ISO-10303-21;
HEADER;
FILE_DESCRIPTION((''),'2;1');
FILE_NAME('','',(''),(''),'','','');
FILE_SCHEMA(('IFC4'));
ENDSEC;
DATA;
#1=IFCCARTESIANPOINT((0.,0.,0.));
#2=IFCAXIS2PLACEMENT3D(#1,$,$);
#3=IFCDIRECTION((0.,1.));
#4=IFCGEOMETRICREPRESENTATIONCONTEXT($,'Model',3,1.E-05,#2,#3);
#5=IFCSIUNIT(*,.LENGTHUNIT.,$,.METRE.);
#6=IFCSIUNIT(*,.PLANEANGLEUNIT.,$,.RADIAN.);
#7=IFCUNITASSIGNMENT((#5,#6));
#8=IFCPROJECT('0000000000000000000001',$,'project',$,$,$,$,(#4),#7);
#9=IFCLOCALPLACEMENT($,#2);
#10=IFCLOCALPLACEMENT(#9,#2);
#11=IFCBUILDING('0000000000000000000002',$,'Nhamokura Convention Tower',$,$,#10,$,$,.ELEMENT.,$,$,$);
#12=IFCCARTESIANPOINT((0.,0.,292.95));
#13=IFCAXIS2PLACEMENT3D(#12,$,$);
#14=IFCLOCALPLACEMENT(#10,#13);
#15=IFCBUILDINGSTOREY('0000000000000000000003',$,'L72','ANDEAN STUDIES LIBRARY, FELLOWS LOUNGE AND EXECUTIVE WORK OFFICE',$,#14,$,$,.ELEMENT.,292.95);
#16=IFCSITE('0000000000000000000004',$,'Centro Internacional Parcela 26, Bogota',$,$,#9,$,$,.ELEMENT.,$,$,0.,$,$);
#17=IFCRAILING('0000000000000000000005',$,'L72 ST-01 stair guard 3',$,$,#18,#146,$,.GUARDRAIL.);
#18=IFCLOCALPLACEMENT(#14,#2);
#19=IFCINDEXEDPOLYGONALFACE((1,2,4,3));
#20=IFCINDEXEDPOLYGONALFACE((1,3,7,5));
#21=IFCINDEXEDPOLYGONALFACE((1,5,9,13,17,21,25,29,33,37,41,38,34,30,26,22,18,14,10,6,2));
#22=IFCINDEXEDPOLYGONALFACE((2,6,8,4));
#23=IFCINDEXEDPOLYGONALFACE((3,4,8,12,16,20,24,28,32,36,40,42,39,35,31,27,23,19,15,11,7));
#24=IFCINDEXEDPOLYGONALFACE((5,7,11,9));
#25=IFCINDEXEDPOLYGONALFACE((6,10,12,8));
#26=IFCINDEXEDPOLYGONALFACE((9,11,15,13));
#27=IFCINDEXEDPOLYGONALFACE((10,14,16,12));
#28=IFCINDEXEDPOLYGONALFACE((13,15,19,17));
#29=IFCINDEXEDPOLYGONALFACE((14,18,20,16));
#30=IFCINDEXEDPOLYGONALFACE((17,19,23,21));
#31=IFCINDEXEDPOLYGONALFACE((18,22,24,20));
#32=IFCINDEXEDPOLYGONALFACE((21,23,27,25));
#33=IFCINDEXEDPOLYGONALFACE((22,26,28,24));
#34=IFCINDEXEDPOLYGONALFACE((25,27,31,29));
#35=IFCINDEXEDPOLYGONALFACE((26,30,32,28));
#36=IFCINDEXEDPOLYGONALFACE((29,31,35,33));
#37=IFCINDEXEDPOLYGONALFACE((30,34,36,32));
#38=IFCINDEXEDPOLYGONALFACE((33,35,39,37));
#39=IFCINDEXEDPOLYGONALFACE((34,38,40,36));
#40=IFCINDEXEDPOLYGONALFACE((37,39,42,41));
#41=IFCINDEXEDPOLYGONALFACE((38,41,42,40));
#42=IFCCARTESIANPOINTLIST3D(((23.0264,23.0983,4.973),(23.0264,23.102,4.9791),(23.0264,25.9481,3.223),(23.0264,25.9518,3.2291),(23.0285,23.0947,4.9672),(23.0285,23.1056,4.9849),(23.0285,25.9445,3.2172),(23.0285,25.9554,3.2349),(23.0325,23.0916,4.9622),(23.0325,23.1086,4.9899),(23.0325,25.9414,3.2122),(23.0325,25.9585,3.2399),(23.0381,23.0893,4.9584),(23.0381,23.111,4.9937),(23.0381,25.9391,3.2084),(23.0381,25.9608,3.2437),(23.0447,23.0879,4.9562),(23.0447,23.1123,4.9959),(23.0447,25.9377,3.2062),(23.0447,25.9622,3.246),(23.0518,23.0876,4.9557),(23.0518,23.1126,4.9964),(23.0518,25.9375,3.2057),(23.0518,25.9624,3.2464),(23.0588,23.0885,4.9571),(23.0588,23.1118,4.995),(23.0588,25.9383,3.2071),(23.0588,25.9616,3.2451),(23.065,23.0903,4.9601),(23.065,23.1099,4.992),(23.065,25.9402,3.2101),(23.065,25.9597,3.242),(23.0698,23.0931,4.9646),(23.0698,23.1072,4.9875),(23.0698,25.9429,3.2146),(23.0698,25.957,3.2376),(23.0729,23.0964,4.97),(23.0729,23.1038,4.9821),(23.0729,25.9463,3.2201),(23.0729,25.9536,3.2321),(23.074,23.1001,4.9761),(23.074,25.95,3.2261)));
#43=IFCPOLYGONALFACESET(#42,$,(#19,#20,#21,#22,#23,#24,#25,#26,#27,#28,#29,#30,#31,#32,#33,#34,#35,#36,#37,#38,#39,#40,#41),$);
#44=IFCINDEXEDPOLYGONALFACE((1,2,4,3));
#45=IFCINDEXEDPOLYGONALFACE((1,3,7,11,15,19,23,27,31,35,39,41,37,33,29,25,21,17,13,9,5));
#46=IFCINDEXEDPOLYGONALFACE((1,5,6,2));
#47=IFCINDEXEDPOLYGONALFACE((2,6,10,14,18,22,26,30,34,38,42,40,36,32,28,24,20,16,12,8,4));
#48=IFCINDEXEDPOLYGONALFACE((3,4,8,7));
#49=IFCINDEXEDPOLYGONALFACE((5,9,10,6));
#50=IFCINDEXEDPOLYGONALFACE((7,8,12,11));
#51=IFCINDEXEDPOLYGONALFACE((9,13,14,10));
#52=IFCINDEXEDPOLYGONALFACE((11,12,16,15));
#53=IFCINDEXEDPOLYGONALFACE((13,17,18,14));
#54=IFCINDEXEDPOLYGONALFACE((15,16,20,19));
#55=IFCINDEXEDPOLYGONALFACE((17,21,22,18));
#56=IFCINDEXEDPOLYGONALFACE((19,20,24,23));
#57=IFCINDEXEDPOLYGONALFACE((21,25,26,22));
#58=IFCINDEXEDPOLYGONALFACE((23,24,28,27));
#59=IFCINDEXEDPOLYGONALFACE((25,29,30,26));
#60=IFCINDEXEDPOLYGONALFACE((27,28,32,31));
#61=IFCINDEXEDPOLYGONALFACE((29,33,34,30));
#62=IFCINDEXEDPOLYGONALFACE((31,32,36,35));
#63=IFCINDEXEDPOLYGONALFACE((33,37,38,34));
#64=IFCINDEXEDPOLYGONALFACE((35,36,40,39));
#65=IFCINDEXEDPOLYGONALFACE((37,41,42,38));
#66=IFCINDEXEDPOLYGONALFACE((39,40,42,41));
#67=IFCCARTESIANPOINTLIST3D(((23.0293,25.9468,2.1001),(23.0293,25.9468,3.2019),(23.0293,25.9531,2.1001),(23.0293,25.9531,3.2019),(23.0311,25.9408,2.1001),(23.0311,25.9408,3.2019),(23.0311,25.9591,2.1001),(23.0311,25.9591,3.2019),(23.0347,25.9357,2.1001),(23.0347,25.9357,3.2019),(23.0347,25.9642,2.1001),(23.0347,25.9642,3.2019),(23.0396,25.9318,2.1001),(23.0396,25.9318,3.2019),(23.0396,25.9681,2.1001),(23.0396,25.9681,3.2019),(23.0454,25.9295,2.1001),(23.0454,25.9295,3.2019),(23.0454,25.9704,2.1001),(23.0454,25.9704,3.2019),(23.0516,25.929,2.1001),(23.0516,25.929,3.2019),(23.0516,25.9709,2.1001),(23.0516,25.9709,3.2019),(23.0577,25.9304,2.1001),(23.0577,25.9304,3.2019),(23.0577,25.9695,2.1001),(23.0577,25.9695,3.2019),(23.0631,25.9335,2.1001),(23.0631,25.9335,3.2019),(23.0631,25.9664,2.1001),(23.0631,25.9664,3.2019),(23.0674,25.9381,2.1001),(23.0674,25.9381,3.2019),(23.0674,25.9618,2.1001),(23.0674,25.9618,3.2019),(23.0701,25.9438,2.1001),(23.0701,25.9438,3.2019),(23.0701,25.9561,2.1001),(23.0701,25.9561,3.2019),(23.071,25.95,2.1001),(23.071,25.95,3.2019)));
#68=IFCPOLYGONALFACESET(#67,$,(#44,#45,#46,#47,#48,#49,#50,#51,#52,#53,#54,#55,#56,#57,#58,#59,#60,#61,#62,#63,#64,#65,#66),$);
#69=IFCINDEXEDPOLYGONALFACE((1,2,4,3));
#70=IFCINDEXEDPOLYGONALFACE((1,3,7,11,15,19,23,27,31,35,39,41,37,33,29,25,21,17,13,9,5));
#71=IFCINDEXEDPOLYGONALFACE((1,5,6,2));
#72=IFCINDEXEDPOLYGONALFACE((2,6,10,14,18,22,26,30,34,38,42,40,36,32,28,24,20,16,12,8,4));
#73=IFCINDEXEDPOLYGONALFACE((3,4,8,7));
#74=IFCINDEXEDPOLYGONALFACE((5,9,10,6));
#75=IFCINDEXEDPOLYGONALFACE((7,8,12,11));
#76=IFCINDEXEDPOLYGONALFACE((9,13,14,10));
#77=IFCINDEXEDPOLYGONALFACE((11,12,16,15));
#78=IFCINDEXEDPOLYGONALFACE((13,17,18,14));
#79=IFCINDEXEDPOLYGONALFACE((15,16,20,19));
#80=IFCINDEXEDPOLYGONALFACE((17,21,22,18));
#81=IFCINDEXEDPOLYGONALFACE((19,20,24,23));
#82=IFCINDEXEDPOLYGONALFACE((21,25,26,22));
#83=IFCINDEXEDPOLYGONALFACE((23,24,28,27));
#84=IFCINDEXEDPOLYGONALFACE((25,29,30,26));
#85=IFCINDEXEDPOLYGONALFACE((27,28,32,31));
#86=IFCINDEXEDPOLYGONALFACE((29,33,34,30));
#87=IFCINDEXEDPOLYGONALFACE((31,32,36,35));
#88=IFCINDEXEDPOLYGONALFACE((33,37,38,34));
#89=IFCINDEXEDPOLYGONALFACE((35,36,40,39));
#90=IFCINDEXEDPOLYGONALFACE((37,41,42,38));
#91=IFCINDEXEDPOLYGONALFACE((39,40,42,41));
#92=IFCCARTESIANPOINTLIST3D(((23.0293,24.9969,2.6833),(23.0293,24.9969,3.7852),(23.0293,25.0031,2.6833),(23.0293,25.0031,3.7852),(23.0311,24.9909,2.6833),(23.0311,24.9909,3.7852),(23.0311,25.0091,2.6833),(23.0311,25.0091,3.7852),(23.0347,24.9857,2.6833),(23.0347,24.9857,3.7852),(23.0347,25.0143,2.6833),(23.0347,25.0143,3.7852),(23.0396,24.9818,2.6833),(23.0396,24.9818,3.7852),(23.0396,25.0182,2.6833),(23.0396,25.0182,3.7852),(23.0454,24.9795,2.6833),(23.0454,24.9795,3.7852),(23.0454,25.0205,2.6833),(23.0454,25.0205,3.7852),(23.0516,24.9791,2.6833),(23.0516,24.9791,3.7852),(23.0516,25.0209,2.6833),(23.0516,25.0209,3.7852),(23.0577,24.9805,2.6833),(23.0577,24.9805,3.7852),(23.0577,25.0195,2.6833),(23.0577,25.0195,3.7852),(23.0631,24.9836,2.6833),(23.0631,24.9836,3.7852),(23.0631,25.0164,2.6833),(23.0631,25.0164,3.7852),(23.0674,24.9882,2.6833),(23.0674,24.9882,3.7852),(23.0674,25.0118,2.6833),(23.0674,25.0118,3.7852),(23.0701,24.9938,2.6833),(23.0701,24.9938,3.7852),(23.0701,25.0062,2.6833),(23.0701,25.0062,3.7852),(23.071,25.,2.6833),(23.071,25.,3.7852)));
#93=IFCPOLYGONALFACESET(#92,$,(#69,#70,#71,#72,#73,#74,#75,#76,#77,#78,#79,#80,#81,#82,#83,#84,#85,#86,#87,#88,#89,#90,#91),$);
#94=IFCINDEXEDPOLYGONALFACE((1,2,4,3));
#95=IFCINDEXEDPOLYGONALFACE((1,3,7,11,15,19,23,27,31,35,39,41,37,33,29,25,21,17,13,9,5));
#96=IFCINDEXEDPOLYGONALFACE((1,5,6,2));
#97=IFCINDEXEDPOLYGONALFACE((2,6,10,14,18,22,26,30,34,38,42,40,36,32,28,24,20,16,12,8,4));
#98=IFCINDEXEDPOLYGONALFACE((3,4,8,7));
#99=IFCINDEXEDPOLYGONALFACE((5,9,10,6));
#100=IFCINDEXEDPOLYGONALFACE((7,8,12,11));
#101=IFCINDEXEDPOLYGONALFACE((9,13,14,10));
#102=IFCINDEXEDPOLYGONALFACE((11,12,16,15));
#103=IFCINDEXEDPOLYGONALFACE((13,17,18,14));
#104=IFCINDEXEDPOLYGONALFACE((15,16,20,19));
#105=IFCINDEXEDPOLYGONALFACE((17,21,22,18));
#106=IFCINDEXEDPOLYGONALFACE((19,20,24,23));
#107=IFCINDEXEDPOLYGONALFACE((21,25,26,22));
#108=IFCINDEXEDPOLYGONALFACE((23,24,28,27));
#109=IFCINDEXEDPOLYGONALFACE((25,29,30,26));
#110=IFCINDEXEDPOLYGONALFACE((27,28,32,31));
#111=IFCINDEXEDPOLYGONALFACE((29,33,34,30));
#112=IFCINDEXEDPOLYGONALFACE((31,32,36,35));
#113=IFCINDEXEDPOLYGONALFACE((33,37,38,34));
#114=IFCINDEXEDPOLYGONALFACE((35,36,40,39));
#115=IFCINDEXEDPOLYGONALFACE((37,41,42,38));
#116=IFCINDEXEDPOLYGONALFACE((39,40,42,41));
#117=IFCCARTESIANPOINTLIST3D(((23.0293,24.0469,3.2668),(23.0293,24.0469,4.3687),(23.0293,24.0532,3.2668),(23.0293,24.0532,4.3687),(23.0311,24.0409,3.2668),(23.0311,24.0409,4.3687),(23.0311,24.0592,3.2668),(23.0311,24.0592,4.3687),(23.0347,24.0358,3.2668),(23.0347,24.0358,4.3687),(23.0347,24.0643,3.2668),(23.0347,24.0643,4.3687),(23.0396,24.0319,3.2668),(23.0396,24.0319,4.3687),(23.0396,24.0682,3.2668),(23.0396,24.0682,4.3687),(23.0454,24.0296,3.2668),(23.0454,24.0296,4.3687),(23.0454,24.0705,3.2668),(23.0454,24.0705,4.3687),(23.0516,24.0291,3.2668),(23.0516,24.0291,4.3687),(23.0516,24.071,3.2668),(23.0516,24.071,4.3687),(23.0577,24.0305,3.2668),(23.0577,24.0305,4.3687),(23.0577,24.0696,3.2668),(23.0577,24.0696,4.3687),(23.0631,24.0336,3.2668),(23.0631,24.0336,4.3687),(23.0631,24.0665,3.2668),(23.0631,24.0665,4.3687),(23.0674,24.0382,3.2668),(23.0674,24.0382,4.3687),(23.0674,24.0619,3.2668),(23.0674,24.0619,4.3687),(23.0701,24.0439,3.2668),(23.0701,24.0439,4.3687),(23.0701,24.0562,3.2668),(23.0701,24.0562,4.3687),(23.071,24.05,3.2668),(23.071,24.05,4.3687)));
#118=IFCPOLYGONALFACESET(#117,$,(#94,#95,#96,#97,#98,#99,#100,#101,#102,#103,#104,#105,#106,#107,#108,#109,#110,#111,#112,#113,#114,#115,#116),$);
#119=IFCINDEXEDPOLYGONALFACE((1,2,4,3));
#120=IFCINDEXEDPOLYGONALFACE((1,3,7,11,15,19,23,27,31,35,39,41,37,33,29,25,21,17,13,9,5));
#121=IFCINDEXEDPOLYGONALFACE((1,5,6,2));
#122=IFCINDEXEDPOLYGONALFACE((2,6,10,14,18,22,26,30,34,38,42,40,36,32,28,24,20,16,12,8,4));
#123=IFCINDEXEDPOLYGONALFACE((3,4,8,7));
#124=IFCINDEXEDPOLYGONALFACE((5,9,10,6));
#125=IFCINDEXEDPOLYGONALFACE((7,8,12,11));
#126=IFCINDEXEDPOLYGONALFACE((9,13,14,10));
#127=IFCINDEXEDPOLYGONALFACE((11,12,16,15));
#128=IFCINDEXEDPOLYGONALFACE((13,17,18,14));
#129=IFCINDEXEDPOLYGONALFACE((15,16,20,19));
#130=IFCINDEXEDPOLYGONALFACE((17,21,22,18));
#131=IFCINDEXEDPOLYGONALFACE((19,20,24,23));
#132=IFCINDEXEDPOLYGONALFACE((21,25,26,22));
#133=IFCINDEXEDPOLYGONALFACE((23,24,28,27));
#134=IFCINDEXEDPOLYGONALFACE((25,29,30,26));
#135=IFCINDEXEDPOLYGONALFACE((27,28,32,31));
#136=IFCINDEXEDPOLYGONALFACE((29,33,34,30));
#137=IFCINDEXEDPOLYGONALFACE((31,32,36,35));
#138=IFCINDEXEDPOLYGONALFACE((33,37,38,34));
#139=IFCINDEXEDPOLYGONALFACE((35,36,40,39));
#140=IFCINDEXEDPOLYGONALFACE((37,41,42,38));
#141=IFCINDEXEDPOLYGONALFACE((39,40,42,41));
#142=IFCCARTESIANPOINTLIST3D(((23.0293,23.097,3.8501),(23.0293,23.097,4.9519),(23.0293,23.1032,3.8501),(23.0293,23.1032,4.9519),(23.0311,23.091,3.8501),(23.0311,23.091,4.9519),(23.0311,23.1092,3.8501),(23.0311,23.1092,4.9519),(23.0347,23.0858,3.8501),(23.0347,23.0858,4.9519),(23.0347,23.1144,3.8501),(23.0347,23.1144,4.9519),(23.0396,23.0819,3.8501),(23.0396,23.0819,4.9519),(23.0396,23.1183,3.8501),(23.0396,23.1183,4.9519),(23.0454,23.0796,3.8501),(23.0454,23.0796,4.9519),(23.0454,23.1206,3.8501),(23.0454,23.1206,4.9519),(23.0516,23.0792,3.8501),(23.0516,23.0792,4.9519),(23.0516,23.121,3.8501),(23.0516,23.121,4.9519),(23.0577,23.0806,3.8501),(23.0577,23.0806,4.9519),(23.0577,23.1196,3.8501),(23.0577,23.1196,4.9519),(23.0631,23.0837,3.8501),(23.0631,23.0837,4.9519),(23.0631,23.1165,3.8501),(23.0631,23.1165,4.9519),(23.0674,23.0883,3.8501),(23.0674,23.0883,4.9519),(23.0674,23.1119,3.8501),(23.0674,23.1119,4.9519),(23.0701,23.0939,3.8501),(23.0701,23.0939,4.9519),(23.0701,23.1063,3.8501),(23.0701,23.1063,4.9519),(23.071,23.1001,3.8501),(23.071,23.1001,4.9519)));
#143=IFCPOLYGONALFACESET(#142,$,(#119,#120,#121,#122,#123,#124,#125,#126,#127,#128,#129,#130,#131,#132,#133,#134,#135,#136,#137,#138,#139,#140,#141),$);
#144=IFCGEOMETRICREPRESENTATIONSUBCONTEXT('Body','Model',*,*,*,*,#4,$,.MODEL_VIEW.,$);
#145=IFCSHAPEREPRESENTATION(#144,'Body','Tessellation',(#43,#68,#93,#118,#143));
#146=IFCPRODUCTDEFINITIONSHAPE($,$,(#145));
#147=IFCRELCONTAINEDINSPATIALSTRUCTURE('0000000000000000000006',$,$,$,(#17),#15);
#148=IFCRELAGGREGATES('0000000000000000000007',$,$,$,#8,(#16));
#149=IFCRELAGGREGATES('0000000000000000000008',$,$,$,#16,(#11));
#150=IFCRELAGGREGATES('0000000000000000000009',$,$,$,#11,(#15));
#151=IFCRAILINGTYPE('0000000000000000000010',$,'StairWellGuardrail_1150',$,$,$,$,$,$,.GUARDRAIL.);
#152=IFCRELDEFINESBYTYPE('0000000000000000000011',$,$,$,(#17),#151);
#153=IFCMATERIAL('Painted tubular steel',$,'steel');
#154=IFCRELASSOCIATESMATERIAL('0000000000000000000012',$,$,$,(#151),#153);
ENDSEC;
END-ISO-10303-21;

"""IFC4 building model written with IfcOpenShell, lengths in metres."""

from ifc_helpers import new_model, si_unit, direction, frame, origin, origin_2d, place, context, subcontext, project, spatial, circle, extrude, material, type_object, element, save


model = new_model("IFC4")

# Units and contexts
model_context = context("Model", 3, precision=1e-05, world=origin(), true_north=direction((0.0, 1.0)))
body_context = subcontext(model_context, "Body", "Model", "MODEL_VIEW")
ifc_project = project(units=[si_unit("LENGTHUNIT", "METRE"), si_unit("PLANEANGLEUNIT", "RADIAN")], contexts=[model_context])

# Site, building, storey
site_placement = place(None, origin())
site = spatial("IfcSite", under=ifc_project, at=site_placement, Name="Centro Internacional Parcela 26, Bogota", CompositionType="ELEMENT", RefElevation=0.0)
building_placement = place(site_placement, origin())
building = spatial("IfcBuilding", under=site, at=building_placement, Name="Nhamokura Convention Tower", CompositionType="ELEMENT")
storey_placement = place(building_placement, frame((0.0, 0.0, 292.95)))
storey = spatial("IfcBuildingStorey", under=building, at=storey_placement, Name="L72", Description="ANDEAN STUDIES LIBRARY, FELLOWS LOUNGE AND EXECUTIVE WORK OFFICE", CompositionType="ELEMENT", Elevation=292.95)

# Railing
ifc_material_1 = material(Name="Painted tubular steel", Category="steel")
railing_type_1 = type_object("IfcRailingType", Name="StairWellGuardrail_1150", PredefinedType="GUARDRAIL", material=ifc_material_1)
railing_1_placement = place(storey_placement, frame((23.05, 25.95, 2.1001)))
element("IfcRailing", 1, at=railing_1_placement, inside=storey, type_object=railing_type_1, Name="L72 ST-01 stair guard 3", PredefinedType="GUARDRAIL", context=body_context, shape_type="SweptSolid", body=[
    extrude(circle(Radius=0.0239, at=origin_2d()), frame((0.0, 0.0, 1.126), z_axis=(0.0, -0.852159, 0.523283), x_axis=(1.0, 0.0, 0.0)), (0.0, 0.0, 1.0), 3.3442),
    extrude(circle(Radius=0.021, at=origin_2d()), origin(), (0.0, 0.0, 1.0), 1.1018),
    extrude(circle(Radius=0.021, at=origin_2d()), frame((0.0, -0.95, 0.5833)), (0.0, 0.0, 1.0), 1.1018),
    extrude(circle(Radius=0.021, at=origin_2d()), frame((0.0, -1.8999, 1.1667)), (0.0, 0.0, 1.0), 1.1018),
    extrude(circle(Radius=0.021, at=origin_2d()), frame((0.0, -2.8499, 1.75)), (0.0, 0.0, 1.0), 1.1018),
])

save(model, "model.ifc")
